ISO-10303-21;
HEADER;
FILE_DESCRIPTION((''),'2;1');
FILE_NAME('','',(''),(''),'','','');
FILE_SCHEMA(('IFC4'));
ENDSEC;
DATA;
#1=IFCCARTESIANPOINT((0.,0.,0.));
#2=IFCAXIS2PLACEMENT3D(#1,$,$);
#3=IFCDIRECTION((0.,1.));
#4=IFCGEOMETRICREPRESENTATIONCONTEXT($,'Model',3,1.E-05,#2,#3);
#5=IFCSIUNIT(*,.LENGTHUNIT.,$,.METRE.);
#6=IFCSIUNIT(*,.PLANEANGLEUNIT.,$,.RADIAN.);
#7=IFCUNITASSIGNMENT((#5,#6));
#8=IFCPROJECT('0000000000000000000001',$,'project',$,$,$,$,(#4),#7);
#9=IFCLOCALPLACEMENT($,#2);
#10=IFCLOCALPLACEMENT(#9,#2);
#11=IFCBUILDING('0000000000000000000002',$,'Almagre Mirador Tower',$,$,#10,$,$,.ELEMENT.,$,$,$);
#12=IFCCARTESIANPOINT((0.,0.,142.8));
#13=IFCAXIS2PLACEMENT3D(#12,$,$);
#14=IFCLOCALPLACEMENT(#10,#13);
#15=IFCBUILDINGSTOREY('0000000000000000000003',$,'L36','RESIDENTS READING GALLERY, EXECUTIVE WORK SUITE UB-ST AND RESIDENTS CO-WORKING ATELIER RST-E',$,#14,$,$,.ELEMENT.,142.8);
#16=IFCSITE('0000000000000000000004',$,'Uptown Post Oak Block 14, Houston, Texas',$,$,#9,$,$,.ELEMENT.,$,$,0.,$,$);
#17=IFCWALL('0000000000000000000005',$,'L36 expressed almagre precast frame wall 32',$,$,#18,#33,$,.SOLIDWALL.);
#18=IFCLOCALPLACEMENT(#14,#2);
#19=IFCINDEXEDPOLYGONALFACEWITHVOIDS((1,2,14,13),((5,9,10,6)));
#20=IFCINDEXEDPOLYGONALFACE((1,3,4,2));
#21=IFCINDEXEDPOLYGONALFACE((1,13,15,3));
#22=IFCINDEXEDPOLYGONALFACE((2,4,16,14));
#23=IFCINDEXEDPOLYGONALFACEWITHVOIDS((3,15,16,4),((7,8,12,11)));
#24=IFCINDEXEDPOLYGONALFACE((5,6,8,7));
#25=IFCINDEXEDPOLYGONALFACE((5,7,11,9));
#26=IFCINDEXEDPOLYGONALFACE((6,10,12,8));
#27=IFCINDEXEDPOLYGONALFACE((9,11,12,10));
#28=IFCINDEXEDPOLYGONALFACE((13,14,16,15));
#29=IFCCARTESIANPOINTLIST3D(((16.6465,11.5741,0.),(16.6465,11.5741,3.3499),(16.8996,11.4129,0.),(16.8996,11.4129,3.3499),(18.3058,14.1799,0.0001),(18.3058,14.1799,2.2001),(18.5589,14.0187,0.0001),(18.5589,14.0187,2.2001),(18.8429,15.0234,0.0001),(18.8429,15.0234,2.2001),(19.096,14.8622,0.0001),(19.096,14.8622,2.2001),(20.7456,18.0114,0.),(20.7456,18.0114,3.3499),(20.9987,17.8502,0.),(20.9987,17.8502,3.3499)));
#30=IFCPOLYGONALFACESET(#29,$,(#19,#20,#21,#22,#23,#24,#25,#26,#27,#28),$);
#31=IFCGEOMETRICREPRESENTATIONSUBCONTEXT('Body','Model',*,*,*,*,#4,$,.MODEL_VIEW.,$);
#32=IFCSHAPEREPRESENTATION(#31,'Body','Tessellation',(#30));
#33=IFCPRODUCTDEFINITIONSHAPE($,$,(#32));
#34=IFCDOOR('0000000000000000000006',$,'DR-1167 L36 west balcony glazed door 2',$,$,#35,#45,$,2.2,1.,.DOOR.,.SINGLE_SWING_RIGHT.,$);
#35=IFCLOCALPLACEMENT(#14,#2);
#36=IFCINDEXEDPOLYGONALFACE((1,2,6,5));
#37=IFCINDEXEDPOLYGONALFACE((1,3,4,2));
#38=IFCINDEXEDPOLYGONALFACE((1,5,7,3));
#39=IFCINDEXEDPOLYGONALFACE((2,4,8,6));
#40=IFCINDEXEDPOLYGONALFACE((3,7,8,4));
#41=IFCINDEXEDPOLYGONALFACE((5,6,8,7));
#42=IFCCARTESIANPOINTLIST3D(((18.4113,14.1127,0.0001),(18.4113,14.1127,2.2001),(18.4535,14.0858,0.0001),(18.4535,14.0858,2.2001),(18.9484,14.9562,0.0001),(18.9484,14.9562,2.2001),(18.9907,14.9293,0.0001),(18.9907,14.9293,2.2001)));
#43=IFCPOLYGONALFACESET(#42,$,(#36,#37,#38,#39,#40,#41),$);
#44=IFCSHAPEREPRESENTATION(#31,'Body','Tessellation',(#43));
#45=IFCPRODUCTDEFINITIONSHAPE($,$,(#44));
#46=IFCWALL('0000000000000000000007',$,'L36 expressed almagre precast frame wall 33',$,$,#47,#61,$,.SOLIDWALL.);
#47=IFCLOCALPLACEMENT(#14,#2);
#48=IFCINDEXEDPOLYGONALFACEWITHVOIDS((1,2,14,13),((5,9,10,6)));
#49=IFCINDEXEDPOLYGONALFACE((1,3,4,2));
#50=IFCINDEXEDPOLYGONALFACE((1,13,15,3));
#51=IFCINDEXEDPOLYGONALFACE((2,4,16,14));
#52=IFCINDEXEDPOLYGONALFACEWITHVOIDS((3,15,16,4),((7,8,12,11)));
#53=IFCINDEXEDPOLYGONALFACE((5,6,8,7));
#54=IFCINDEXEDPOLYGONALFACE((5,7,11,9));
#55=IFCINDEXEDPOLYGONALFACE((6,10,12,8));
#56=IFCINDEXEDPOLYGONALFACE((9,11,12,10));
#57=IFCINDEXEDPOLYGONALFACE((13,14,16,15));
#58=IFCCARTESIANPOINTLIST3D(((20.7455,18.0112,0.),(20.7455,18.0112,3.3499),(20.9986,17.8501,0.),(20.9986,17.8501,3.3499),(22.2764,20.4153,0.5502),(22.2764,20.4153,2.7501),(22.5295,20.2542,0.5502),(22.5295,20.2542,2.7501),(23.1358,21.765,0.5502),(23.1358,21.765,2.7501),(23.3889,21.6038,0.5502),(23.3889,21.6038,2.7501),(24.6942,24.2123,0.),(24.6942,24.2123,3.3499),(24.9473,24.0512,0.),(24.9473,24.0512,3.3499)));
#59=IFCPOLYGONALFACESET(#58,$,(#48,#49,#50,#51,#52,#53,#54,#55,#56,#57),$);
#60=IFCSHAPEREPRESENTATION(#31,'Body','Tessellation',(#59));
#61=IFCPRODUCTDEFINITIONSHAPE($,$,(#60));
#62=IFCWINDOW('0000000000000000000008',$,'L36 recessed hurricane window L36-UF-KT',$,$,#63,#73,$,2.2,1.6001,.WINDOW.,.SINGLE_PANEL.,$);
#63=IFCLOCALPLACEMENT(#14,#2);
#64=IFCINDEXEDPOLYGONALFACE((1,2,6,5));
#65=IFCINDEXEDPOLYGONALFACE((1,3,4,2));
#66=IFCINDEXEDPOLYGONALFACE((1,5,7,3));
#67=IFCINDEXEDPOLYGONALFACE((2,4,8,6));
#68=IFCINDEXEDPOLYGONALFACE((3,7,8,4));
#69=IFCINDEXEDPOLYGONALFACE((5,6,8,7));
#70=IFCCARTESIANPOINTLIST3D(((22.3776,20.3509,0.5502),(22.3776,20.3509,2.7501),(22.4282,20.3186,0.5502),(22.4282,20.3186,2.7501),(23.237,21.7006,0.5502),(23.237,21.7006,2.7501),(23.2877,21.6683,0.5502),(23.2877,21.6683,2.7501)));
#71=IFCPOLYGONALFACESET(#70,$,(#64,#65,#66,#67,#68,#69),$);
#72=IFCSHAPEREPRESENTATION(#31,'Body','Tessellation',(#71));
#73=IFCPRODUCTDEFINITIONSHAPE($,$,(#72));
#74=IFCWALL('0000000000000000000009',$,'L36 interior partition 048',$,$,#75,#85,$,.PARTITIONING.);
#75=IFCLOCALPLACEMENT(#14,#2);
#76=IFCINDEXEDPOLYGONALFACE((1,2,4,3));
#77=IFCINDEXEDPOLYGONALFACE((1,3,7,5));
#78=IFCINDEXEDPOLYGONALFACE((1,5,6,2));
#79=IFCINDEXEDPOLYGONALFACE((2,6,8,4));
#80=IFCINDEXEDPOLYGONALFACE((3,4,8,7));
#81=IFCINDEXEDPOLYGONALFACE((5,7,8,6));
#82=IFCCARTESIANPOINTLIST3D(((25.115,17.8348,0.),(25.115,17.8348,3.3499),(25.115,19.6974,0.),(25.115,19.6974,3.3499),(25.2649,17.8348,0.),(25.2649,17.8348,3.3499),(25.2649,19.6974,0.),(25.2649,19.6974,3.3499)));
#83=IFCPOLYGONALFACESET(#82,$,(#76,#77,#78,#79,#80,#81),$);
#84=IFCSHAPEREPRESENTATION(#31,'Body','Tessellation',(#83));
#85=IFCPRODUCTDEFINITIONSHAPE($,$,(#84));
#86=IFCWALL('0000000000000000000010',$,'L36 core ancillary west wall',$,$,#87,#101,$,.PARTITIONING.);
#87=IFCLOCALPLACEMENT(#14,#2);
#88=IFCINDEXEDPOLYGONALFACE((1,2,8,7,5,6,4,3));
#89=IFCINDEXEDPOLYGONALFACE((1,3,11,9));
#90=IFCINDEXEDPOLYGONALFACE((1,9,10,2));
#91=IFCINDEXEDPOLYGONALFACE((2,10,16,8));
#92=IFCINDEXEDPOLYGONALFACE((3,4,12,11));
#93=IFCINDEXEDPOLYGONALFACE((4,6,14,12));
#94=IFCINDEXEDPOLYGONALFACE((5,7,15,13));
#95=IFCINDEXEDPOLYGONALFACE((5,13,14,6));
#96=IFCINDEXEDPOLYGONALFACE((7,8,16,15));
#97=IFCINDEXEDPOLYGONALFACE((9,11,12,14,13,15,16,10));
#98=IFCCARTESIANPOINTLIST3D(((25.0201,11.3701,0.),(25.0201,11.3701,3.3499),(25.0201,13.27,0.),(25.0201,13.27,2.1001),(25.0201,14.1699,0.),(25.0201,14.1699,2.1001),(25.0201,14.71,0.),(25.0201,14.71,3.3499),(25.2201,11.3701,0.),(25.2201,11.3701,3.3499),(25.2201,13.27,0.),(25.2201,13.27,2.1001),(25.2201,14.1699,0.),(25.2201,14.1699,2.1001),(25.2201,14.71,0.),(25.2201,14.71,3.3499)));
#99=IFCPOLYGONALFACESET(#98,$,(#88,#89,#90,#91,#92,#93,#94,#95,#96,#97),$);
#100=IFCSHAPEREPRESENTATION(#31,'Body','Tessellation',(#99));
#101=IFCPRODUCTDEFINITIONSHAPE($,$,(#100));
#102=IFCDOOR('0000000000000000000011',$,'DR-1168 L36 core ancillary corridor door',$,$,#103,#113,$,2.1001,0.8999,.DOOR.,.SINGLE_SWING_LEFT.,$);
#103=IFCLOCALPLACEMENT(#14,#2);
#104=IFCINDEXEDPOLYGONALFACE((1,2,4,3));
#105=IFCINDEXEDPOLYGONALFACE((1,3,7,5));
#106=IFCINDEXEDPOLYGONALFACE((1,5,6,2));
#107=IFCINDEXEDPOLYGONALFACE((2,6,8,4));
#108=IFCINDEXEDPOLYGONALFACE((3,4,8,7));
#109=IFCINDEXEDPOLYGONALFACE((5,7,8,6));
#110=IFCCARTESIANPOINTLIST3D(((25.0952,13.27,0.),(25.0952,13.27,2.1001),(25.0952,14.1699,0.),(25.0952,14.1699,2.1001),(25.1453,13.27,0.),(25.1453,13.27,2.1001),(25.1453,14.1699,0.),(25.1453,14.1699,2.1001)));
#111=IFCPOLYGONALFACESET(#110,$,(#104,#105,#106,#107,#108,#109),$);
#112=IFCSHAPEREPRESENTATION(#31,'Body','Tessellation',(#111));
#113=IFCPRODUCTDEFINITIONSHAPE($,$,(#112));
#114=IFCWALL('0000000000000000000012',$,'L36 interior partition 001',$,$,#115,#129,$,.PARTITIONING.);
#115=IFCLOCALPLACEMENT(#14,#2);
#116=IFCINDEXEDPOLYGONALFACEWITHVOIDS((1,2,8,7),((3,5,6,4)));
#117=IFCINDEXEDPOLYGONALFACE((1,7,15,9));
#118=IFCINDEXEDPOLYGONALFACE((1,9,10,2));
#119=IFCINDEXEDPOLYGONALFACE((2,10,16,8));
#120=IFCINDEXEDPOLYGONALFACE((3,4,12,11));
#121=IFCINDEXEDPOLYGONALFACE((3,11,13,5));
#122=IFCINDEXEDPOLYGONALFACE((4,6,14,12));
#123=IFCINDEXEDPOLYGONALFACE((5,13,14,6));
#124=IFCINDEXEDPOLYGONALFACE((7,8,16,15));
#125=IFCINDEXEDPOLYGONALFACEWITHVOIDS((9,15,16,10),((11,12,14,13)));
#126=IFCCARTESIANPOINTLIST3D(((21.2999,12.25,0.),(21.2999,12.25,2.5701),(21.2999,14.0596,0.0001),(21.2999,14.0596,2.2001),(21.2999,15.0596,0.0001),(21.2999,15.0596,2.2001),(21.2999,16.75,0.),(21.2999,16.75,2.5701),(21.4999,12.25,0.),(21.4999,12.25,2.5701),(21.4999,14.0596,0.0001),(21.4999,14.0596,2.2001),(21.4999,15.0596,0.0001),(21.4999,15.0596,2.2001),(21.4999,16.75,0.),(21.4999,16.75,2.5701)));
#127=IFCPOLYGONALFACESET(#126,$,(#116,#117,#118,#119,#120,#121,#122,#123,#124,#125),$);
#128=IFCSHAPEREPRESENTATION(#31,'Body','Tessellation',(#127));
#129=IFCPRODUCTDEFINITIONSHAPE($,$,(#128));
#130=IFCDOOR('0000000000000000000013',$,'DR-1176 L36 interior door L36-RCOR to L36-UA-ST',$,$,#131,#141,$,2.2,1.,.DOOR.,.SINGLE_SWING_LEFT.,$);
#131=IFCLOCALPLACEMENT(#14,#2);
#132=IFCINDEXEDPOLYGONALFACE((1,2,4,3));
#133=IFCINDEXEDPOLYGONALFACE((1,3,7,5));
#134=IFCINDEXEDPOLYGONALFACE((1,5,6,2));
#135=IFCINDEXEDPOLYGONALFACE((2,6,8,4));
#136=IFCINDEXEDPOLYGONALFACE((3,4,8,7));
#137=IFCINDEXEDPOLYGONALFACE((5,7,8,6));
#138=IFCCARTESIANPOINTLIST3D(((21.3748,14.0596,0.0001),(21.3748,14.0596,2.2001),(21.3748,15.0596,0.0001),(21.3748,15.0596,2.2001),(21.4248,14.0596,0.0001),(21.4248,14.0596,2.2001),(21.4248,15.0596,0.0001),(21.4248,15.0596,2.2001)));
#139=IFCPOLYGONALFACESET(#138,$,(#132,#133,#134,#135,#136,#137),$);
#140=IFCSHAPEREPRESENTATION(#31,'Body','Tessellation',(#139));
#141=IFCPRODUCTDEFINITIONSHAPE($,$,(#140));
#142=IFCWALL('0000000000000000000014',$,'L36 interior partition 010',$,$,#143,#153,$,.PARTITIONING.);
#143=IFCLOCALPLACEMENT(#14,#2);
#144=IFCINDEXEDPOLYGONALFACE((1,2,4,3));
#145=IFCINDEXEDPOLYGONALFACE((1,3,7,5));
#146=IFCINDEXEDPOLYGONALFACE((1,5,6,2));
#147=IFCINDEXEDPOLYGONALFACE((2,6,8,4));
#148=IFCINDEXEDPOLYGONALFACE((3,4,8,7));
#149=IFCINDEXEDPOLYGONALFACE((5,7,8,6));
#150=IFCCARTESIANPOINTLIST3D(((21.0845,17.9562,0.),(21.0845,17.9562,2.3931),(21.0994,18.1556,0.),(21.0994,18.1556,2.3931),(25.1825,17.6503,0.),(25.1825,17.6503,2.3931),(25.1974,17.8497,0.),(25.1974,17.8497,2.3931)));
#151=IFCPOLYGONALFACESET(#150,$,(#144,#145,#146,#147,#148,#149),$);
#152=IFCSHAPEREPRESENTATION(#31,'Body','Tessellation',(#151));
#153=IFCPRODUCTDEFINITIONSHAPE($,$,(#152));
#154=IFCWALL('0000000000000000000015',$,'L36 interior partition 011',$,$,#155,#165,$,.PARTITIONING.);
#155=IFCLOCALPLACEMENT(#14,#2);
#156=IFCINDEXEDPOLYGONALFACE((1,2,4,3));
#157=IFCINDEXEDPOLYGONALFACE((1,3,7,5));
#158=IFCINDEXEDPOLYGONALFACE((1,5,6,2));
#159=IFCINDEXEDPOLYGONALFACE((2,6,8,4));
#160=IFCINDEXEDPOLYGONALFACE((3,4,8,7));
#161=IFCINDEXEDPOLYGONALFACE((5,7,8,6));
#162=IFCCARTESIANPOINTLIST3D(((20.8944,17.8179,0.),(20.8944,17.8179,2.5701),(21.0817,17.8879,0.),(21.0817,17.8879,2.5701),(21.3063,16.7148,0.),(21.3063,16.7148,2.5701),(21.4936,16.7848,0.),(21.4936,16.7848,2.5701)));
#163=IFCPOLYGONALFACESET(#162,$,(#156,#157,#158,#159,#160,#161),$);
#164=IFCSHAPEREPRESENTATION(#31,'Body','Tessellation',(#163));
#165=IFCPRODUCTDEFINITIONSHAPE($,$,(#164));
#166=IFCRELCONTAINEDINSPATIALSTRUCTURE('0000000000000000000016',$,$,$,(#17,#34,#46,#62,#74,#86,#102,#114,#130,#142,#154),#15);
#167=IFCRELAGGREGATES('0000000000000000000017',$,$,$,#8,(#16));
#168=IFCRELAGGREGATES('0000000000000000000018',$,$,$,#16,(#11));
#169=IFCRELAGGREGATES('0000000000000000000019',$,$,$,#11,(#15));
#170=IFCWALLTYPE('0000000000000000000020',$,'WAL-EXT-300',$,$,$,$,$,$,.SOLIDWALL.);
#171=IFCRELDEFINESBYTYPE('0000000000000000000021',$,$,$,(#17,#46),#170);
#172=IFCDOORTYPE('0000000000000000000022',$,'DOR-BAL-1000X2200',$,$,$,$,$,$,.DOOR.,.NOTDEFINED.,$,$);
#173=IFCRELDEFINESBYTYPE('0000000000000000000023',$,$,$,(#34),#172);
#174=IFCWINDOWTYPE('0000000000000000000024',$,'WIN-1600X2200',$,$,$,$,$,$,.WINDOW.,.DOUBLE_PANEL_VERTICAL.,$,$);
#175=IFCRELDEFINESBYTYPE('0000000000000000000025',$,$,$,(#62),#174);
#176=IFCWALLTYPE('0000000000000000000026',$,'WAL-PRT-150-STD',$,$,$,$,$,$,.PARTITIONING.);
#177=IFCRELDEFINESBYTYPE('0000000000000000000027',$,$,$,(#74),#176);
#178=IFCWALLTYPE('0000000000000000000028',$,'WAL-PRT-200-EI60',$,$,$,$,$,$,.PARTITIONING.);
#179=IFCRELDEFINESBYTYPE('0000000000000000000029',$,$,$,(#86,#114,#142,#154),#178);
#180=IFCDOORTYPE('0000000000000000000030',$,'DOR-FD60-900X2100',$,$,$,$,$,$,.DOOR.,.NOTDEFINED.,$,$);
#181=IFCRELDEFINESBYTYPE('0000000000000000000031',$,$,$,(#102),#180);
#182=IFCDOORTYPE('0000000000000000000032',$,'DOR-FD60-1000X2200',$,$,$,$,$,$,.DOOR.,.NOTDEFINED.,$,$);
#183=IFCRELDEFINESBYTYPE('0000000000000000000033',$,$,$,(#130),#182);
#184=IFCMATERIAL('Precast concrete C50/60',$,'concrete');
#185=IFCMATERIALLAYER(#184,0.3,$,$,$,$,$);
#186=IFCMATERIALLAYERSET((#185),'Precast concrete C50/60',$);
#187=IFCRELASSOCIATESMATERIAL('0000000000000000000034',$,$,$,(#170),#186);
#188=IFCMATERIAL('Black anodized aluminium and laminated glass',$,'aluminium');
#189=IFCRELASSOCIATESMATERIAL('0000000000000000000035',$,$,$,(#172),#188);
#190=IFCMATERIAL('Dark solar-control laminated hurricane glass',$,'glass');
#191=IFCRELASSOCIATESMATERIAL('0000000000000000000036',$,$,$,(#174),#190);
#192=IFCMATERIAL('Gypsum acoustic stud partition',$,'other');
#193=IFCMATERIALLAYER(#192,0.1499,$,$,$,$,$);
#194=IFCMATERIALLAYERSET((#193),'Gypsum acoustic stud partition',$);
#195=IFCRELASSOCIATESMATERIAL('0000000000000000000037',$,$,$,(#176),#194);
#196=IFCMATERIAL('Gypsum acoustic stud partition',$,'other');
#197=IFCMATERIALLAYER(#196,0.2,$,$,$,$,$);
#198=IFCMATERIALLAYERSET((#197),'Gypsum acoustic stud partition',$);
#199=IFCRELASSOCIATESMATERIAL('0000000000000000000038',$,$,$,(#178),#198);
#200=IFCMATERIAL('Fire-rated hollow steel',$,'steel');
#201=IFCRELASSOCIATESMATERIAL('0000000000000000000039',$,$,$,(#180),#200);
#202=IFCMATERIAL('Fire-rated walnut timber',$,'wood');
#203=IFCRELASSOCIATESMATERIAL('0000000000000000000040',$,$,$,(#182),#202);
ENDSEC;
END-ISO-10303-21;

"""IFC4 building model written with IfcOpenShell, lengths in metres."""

from ifc_helpers import new_model, si_unit, direction, frame, frame_2d, origin, place, context, subcontext, project, spatial, rectangle, extrude, material, layer, layer_set, type_object, element, fill, save


model = new_model("IFC4")

# Units and contexts
model_context = context("Model", 3, precision=1e-05, world=origin(), true_north=direction((0.0, 1.0)))
body_context = subcontext(model_context, "Body", "Model", "MODEL_VIEW")
ifc_project = project(units=[si_unit("LENGTHUNIT", "METRE"), si_unit("PLANEANGLEUNIT", "RADIAN")], contexts=[model_context])

# Site, building, storey
site_placement = place(None, origin())
site = spatial("IfcSite", under=ifc_project, at=site_placement, Name="Uptown Post Oak Block 14, Houston, Texas", CompositionType="ELEMENT", RefElevation=0.0)
building_placement = place(site_placement, origin())
building = spatial("IfcBuilding", under=site, at=building_placement, Name="Almagre Mirador Tower", CompositionType="ELEMENT")
storey_placement = place(building_placement, frame((0.0, 0.0, 142.8)))
storey = spatial("IfcBuildingStorey", under=building, at=storey_placement, Name="L36", Description="RESIDENTS READING GALLERY, EXECUTIVE WORK SUITE UB-ST AND RESIDENTS CO-WORKING ATELIER RST-E", CompositionType="ELEMENT", Elevation=142.8)

# Wall, opening, door
ifc_material_1 = material(Name="Precast concrete C50/60", Category="concrete")
ifc_layer_1 = layer(ifc_material_1, 0.3)
ifc_layer_set_1 = layer_set([ifc_layer_1], Name="Precast concrete C50/60")
wall_type_1 = type_object("IfcWallType", Name="WAL-EXT-300", PredefinedType="SOLIDWALL", material=ifc_layer_set_1)
wall_1_placement = place(storey_placement, frame((16.7729, 11.4934, 0.0), z_axis=(0.0, 0.0, 1.0), x_axis=(0.537126, 0.843502, 0.0)))
wall_1 = element("IfcWall", 1, at=wall_1_placement, inside=storey, type_object=wall_type_1, Name="L36 expressed almagre precast frame wall 32", PredefinedType="SOLIDWALL", context=body_context, shape_type="SweptSolid", body=[
    extrude(rectangle(XDim=7.6316, YDim=0.3, at=frame_2d((3.8159, 0.0))), origin(), (0.0, 0.0, 1.0), 3.3499),
])
opening_1_placement = place(wall_1_placement, frame((3.0894, 0.0, 0.0)))
opening_1 = element("IfcOpeningElement", 2, at=opening_1_placement, cuts=wall_1, PredefinedType="OPENING", context=body_context, shape_type="SweptSolid", body=[
    extrude(rectangle(XDim=1.0, YDim=2.2, at=frame_2d((0.5, 1.1001))), frame((0.0, 0.1599, 0.0), z_axis=(0.0, -1.0, 0.0), x_axis=(1.0, 0.0, 0.0)), (0.0, 0.0, 1.0), 0.32),
])
ifc_material_2 = material(Name="Black anodized aluminium and laminated glass", Category="aluminium")
door_type_1 = type_object("IfcDoorType", Name="DOR-BAL-1000X2200", OperationType="NOTDEFINED", PredefinedType="DOOR", material=ifc_material_2)
door_1_placement = place(opening_1_placement, origin())
door_1 = element("IfcDoor", 3, at=door_1_placement, inside=storey, type_object=door_type_1, Name="DR-1167 L36 west balcony glazed door 2", OperationType="SINGLE_SWING_RIGHT", OverallHeight=2.2, OverallWidth=1.0, PredefinedType="DOOR", context=body_context, shape_type="SweptSolid", body=[
    extrude(rectangle(XDim=1.0, YDim=2.2, at=frame_2d((0.5, 1.1001))), frame((0.0, 0.0249, 0.0), z_axis=(0.0, -1.0, 0.0), x_axis=(1.0, 0.0, 0.0)), (0.0, 0.0, 1.0), 0.05),
])
fill(opening_1, door_1)

# Wall, opening, window
wall_2_placement = place(storey_placement, frame((20.8721, 17.9307, 0.0), z_axis=(0.0, 0.0, 1.0), x_axis=(0.53712, 0.843506, 0.0)))
wall_2 = element("IfcWall", 4, at=wall_2_placement, inside=storey, type_object=wall_type_1, Name="L36 expressed almagre precast frame wall 33", PredefinedType="SOLIDWALL", context=body_context, shape_type="SweptSolid", body=[
    extrude(rectangle(XDim=7.3516, YDim=0.3, at=frame_2d((3.6758, 0.0))), origin(), (0.0, 0.0, 1.0), 3.3499),
])
opening_2_placement = place(wall_2_placement, frame((2.8501, 0.0, 0.55)))
opening_2 = element("IfcOpeningElement", 5, at=opening_2_placement, cuts=wall_2, PredefinedType="OPENING", context=body_context, shape_type="SweptSolid", body=[
    extrude(rectangle(XDim=1.6001, YDim=2.2, at=frame_2d((0.8, 1.1001))), frame((0.0, 0.1599, 0.0), z_axis=(0.0, -1.0, 0.0), x_axis=(1.0, 0.0, 0.0)), (0.0, 0.0, 1.0), 0.32),
])
ifc_material_3 = material(Name="Dark solar-control laminated hurricane glass", Category="glass")
window_type = type_object("IfcWindowType", Name="WIN-1600X2200", PartitioningType="DOUBLE_PANEL_VERTICAL", PredefinedType="WINDOW", material=ifc_material_3)
window_placement = place(opening_2_placement, origin())
window = element("IfcWindow", 6, at=window_placement, inside=storey, type_object=window_type, Name="L36 recessed hurricane window L36-UF-KT", OverallHeight=2.2, OverallWidth=1.6001, PartitioningType="SINGLE_PANEL", PredefinedType="WINDOW", context=body_context, shape_type="SweptSolid", body=[
    extrude(rectangle(XDim=1.6001, YDim=2.2, at=frame_2d((0.8, 1.1001))), frame((0.0, 0.03, 0.0), z_axis=(0.0, -1.0, 0.0), x_axis=(1.0, 0.0, 0.0)), (0.0, 0.0, 1.0), 0.0601),
])
fill(opening_2, window)

# Wall
ifc_material_4 = material(Name="Gypsum acoustic stud partition", Category="other")
ifc_layer_2 = layer(ifc_material_4, 0.1499)
ifc_layer_set_2 = layer_set([ifc_layer_2], Name="Gypsum acoustic stud partition")
wall_type_2 = type_object("IfcWallType", Name="WAL-PRT-150-STD", PredefinedType="PARTITIONING", material=ifc_layer_set_2)
wall_3_placement = place(storey_placement, frame((25.1899, 17.835, 0.0), z_axis=(0.0, 0.0, 1.0), x_axis=(0.0, 1.0, 0.0)))
element("IfcWall", 7, at=wall_3_placement, inside=storey, type_object=wall_type_2, Name="L36 interior partition 048", PredefinedType="PARTITIONING", context=body_context, shape_type="SweptSolid", body=[
    extrude(rectangle(XDim=1.8625, YDim=0.1499, at=frame_2d((0.9312, 0.0))), origin(), (0.0, 0.0, 1.0), 3.3499),
])

# Walls, openings, doors
ifc_material_5 = material(Name="Gypsum acoustic stud partition", Category="other")
ifc_layer_3 = layer(ifc_material_5, 0.2)
ifc_layer_set_3 = layer_set([ifc_layer_3], Name="Gypsum acoustic stud partition")
wall_type_3 = type_object("IfcWallType", Name="WAL-PRT-200-EI60", PredefinedType="PARTITIONING", material=ifc_layer_set_3)
wall_4_placement = place(storey_placement, frame((25.1201, 11.3701, 0.0), z_axis=(0.0, 0.0, 1.0), x_axis=(0.0, 1.0, 0.0)))
wall_4 = element("IfcWall", 8, at=wall_4_placement, inside=storey, type_object=wall_type_3, Name="L36 core ancillary west wall", PredefinedType="PARTITIONING", context=body_context, shape_type="SweptSolid", body=[
    extrude(rectangle(XDim=3.3398, YDim=0.2, at=frame_2d((1.6699, 0.0))), origin(), (0.0, 0.0, 1.0), 3.3499),
])
opening_3_placement = place(wall_4_placement, frame((1.8999, 0.0, 0.0)))
opening_3 = element("IfcOpeningElement", 9, at=opening_3_placement, cuts=wall_4, PredefinedType="OPENING", context=body_context, shape_type="SweptSolid", body=[
    extrude(rectangle(XDim=0.8999, YDim=2.1001, at=frame_2d((0.45, 1.05))), frame((0.0, 0.1101, 0.0), z_axis=(0.0, -1.0, 0.0), x_axis=(1.0, 0.0, 0.0)), (0.0, 0.0, 1.0), 0.22),
])
ifc_material_6 = material(Name="Fire-rated hollow steel", Category="steel")
door_type_2 = type_object("IfcDoorType", Name="DOR-FD60-900X2100", OperationType="NOTDEFINED", PredefinedType="DOOR", material=ifc_material_6)
door_2_placement = place(opening_3_placement, origin())
door_2 = element("IfcDoor", 10, at=door_2_placement, inside=storey, type_object=door_type_2, Name="DR-1168 L36 core ancillary corridor door", OperationType="SINGLE_SWING_LEFT", OverallHeight=2.1001, OverallWidth=0.8999, PredefinedType="DOOR", context=body_context, shape_type="SweptSolid", body=[
    extrude(rectangle(XDim=0.8999, YDim=2.1001, at=frame_2d((0.45, 1.05))), frame((0.0, 0.0249, 0.0), z_axis=(0.0, -1.0, 0.0), x_axis=(1.0, 0.0, 0.0)), (0.0, 0.0, 1.0), 0.05),
])
fill(opening_3, door_2)
wall_5_placement = place(storey_placement, frame((21.3999, 16.75, 0.0), z_axis=(0.0, 0.0, 1.0), x_axis=(0.0, -1.0, 0.0)))
wall_5 = element("IfcWall", 11, at=wall_5_placement, inside=storey, type_object=wall_type_3, Name="L36 interior partition 001", PredefinedType="PARTITIONING", context=body_context, shape_type="SweptSolid", body=[
    extrude(rectangle(XDim=4.5, YDim=0.2, at=frame_2d((2.25, 0.0))), origin(), (0.0, 0.0, 1.0), 2.5701),
])
opening_4_placement = place(wall_5_placement, frame((1.6904, 0.0, 0.0)))
opening_4 = element("IfcOpeningElement", 12, at=opening_4_placement, cuts=wall_5, PredefinedType="OPENING", context=body_context, shape_type="SweptSolid", body=[
    extrude(rectangle(XDim=1.0, YDim=2.2, at=frame_2d((0.5, 1.1001))), frame((0.0, 0.1101, 0.0), z_axis=(0.0, -1.0, 0.0), x_axis=(1.0, 0.0, 0.0)), (0.0, 0.0, 1.0), 0.22),
])
ifc_material_7 = material(Name="Fire-rated walnut timber", Category="wood")
door_type_3 = type_object("IfcDoorType", Name="DOR-FD60-1000X2200", OperationType="NOTDEFINED", PredefinedType="DOOR", material=ifc_material_7)
door_3_placement = place(opening_4_placement, origin())
door_3 = element("IfcDoor", 13, at=door_3_placement, inside=storey, type_object=door_type_3, Name="DR-1176 L36 interior door L36-RCOR to L36-UA-ST", OperationType="SINGLE_SWING_LEFT", OverallHeight=2.2, OverallWidth=1.0, PredefinedType="DOOR", context=body_context, shape_type="SweptSolid", body=[
    extrude(rectangle(XDim=1.0, YDim=2.2, at=frame_2d((0.5, 1.1001))), frame((0.0, 0.0249, 0.0), z_axis=(0.0, -1.0, 0.0), x_axis=(1.0, 0.0, 0.0)), (0.0, 0.0, 1.0), 0.05),
])
fill(opening_4, door_3)

# Walls
wall_6_placement = place(storey_placement, frame((25.1899, 17.75, 0.0), z_axis=(0.0, 0.0, 1.0), x_axis=(-0.997225, 0.074443, 0.0)))
element("IfcWall", 14, at=wall_6_placement, inside=storey, type_object=wall_type_3, Name="L36 interior partition 010", PredefinedType="PARTITIONING", context=body_context, shape_type="SweptSolid", body=[
    extrude(rectangle(XDim=4.1094, YDim=0.2, at=frame_2d((2.0547, 0.0))), origin(), (0.0, 0.0, 1.0), 2.3931),
])
wall_7_placement = place(storey_placement, frame((20.988, 17.853, 0.0), z_axis=(0.0, 0.0, 1.0), x_axis=(0.349805, -0.936822, 0.0)))
element("IfcWall", 15, at=wall_7_placement, inside=storey, type_object=wall_type_3, Name="L36 interior partition 011", PredefinedType="PARTITIONING", context=body_context, shape_type="SweptSolid", body=[
    extrude(rectangle(XDim=1.1775, YDim=0.2, at=frame_2d((0.5889, 0.0))), origin(), (0.0, 0.0, 1.0), 2.5701),
])

save(model, "model.ifc")
